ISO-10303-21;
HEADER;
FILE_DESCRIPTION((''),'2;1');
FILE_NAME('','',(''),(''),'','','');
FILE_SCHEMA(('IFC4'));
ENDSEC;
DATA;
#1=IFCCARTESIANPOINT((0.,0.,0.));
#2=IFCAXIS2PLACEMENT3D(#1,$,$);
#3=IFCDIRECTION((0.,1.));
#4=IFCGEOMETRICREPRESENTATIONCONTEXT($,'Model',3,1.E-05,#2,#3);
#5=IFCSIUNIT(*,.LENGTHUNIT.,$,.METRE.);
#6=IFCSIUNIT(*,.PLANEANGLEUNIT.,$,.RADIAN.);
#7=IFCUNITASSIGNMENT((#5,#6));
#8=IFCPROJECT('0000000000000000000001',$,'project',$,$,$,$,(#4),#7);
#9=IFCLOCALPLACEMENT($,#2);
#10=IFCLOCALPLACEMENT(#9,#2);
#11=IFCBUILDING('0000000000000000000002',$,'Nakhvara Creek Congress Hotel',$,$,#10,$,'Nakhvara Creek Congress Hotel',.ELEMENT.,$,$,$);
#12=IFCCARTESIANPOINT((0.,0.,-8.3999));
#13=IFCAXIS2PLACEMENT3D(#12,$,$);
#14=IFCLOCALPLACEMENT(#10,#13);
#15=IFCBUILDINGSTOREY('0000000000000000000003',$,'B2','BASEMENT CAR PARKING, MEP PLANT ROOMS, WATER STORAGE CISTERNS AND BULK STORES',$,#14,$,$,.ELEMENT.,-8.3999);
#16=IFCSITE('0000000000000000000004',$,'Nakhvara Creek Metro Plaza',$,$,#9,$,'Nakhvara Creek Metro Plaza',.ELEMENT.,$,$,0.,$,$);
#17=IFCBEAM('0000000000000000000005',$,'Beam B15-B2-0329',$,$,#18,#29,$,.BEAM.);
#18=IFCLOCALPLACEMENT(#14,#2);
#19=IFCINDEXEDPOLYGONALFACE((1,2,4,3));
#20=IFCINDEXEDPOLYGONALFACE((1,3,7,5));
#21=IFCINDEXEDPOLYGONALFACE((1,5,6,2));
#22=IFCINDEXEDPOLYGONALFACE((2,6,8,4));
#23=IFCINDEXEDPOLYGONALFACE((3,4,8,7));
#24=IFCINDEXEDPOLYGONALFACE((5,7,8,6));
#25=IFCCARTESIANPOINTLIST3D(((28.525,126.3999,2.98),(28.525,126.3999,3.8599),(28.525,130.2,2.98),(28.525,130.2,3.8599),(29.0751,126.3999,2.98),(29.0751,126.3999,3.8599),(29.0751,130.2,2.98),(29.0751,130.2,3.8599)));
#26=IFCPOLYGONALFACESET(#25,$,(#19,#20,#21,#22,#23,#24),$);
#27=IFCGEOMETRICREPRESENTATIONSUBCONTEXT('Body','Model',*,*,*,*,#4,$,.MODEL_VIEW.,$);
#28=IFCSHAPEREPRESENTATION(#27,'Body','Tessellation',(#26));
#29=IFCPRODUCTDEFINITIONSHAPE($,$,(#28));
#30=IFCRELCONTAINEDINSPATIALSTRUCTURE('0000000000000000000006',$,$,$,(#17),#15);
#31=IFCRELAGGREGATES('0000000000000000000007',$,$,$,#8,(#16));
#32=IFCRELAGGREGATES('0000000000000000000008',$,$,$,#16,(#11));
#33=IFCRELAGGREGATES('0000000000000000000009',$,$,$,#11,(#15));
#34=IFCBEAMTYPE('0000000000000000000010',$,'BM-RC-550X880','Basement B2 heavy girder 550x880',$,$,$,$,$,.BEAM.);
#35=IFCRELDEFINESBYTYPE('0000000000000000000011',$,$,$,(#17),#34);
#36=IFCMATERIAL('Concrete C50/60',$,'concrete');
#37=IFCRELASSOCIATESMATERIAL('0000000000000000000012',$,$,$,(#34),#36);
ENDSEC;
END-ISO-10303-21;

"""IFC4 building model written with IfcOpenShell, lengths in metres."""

from ifc_helpers import new_model, si_unit, direction, frame, origin, origin_2d, place, context, subcontext, project, spatial, rectangle, extrude, material, material_profile, profile_set, type_object, element, save


model = new_model("IFC4")

# Units and contexts
model_context = context("Model", 3, precision=1e-05, world=origin(), true_north=direction((0.0, 1.0)))
body_context = subcontext(model_context, "Body", "Model", "MODEL_VIEW")
ifc_project = project(units=[si_unit("LENGTHUNIT", "METRE"), si_unit("PLANEANGLEUNIT", "RADIAN")], contexts=[model_context])

# Site, building, storey
site_placement = place(None, origin())
site = spatial("IfcSite", under=ifc_project, at=site_placement, Name="Nakhvara Creek Metro Plaza", LongName="Nakhvara Creek Metro Plaza", CompositionType="ELEMENT", RefElevation=0.0)
building_placement = place(site_placement, origin())
building = spatial("IfcBuilding", under=site, at=building_placement, Name="Nakhvara Creek Congress Hotel", LongName="Nakhvara Creek Congress Hotel", CompositionType="ELEMENT")
storey_placement = place(building_placement, frame((0.0, 0.0, -8.3999)))
storey = spatial("IfcBuildingStorey", under=building, at=storey_placement, Name="B2", Description="BASEMENT CAR PARKING, MEP PLANT ROOMS, WATER STORAGE CISTERNS AND BULK STORES", CompositionType="ELEMENT", Elevation=-8.3999)

# Shared definitions
ifc_material_1 = material(Name="Concrete C50/60", Category="concrete")

# Beam
ifc_material_profile_1 = material_profile(ifc_material_1, rectangle(XDim=0.55, YDim=0.8799, at=origin_2d()), Name="RC-BM 550x880", Category="LoadBearing")
ifc_profile_set_1 = profile_set([ifc_material_profile_1], Name="Concrete C50/60")
beam_type = type_object("IfcBeamType", Name="BM-RC-550X880", Description="Basement B2 heavy girder 550x880", PredefinedType="BEAM", material=ifc_profile_set_1)
beam_placement = place(storey_placement, frame((28.8, 126.3999, 3.4199), z_axis=(0.0, 1.0, 0.0), x_axis=(-1.0, 0.0, 0.0)))
element("IfcBeam", 1, at=beam_placement, inside=storey, type_object=beam_type, Name="Beam B15-B2-0329", PredefinedType="BEAM", context=body_context, shape_type="SweptSolid", body=[
    extrude(rectangle(XDim=0.55, YDim=0.8799, at=origin_2d()), origin(), (0.0, 0.0, 1.0), 3.8),
])

save(model, "model.ifc")
